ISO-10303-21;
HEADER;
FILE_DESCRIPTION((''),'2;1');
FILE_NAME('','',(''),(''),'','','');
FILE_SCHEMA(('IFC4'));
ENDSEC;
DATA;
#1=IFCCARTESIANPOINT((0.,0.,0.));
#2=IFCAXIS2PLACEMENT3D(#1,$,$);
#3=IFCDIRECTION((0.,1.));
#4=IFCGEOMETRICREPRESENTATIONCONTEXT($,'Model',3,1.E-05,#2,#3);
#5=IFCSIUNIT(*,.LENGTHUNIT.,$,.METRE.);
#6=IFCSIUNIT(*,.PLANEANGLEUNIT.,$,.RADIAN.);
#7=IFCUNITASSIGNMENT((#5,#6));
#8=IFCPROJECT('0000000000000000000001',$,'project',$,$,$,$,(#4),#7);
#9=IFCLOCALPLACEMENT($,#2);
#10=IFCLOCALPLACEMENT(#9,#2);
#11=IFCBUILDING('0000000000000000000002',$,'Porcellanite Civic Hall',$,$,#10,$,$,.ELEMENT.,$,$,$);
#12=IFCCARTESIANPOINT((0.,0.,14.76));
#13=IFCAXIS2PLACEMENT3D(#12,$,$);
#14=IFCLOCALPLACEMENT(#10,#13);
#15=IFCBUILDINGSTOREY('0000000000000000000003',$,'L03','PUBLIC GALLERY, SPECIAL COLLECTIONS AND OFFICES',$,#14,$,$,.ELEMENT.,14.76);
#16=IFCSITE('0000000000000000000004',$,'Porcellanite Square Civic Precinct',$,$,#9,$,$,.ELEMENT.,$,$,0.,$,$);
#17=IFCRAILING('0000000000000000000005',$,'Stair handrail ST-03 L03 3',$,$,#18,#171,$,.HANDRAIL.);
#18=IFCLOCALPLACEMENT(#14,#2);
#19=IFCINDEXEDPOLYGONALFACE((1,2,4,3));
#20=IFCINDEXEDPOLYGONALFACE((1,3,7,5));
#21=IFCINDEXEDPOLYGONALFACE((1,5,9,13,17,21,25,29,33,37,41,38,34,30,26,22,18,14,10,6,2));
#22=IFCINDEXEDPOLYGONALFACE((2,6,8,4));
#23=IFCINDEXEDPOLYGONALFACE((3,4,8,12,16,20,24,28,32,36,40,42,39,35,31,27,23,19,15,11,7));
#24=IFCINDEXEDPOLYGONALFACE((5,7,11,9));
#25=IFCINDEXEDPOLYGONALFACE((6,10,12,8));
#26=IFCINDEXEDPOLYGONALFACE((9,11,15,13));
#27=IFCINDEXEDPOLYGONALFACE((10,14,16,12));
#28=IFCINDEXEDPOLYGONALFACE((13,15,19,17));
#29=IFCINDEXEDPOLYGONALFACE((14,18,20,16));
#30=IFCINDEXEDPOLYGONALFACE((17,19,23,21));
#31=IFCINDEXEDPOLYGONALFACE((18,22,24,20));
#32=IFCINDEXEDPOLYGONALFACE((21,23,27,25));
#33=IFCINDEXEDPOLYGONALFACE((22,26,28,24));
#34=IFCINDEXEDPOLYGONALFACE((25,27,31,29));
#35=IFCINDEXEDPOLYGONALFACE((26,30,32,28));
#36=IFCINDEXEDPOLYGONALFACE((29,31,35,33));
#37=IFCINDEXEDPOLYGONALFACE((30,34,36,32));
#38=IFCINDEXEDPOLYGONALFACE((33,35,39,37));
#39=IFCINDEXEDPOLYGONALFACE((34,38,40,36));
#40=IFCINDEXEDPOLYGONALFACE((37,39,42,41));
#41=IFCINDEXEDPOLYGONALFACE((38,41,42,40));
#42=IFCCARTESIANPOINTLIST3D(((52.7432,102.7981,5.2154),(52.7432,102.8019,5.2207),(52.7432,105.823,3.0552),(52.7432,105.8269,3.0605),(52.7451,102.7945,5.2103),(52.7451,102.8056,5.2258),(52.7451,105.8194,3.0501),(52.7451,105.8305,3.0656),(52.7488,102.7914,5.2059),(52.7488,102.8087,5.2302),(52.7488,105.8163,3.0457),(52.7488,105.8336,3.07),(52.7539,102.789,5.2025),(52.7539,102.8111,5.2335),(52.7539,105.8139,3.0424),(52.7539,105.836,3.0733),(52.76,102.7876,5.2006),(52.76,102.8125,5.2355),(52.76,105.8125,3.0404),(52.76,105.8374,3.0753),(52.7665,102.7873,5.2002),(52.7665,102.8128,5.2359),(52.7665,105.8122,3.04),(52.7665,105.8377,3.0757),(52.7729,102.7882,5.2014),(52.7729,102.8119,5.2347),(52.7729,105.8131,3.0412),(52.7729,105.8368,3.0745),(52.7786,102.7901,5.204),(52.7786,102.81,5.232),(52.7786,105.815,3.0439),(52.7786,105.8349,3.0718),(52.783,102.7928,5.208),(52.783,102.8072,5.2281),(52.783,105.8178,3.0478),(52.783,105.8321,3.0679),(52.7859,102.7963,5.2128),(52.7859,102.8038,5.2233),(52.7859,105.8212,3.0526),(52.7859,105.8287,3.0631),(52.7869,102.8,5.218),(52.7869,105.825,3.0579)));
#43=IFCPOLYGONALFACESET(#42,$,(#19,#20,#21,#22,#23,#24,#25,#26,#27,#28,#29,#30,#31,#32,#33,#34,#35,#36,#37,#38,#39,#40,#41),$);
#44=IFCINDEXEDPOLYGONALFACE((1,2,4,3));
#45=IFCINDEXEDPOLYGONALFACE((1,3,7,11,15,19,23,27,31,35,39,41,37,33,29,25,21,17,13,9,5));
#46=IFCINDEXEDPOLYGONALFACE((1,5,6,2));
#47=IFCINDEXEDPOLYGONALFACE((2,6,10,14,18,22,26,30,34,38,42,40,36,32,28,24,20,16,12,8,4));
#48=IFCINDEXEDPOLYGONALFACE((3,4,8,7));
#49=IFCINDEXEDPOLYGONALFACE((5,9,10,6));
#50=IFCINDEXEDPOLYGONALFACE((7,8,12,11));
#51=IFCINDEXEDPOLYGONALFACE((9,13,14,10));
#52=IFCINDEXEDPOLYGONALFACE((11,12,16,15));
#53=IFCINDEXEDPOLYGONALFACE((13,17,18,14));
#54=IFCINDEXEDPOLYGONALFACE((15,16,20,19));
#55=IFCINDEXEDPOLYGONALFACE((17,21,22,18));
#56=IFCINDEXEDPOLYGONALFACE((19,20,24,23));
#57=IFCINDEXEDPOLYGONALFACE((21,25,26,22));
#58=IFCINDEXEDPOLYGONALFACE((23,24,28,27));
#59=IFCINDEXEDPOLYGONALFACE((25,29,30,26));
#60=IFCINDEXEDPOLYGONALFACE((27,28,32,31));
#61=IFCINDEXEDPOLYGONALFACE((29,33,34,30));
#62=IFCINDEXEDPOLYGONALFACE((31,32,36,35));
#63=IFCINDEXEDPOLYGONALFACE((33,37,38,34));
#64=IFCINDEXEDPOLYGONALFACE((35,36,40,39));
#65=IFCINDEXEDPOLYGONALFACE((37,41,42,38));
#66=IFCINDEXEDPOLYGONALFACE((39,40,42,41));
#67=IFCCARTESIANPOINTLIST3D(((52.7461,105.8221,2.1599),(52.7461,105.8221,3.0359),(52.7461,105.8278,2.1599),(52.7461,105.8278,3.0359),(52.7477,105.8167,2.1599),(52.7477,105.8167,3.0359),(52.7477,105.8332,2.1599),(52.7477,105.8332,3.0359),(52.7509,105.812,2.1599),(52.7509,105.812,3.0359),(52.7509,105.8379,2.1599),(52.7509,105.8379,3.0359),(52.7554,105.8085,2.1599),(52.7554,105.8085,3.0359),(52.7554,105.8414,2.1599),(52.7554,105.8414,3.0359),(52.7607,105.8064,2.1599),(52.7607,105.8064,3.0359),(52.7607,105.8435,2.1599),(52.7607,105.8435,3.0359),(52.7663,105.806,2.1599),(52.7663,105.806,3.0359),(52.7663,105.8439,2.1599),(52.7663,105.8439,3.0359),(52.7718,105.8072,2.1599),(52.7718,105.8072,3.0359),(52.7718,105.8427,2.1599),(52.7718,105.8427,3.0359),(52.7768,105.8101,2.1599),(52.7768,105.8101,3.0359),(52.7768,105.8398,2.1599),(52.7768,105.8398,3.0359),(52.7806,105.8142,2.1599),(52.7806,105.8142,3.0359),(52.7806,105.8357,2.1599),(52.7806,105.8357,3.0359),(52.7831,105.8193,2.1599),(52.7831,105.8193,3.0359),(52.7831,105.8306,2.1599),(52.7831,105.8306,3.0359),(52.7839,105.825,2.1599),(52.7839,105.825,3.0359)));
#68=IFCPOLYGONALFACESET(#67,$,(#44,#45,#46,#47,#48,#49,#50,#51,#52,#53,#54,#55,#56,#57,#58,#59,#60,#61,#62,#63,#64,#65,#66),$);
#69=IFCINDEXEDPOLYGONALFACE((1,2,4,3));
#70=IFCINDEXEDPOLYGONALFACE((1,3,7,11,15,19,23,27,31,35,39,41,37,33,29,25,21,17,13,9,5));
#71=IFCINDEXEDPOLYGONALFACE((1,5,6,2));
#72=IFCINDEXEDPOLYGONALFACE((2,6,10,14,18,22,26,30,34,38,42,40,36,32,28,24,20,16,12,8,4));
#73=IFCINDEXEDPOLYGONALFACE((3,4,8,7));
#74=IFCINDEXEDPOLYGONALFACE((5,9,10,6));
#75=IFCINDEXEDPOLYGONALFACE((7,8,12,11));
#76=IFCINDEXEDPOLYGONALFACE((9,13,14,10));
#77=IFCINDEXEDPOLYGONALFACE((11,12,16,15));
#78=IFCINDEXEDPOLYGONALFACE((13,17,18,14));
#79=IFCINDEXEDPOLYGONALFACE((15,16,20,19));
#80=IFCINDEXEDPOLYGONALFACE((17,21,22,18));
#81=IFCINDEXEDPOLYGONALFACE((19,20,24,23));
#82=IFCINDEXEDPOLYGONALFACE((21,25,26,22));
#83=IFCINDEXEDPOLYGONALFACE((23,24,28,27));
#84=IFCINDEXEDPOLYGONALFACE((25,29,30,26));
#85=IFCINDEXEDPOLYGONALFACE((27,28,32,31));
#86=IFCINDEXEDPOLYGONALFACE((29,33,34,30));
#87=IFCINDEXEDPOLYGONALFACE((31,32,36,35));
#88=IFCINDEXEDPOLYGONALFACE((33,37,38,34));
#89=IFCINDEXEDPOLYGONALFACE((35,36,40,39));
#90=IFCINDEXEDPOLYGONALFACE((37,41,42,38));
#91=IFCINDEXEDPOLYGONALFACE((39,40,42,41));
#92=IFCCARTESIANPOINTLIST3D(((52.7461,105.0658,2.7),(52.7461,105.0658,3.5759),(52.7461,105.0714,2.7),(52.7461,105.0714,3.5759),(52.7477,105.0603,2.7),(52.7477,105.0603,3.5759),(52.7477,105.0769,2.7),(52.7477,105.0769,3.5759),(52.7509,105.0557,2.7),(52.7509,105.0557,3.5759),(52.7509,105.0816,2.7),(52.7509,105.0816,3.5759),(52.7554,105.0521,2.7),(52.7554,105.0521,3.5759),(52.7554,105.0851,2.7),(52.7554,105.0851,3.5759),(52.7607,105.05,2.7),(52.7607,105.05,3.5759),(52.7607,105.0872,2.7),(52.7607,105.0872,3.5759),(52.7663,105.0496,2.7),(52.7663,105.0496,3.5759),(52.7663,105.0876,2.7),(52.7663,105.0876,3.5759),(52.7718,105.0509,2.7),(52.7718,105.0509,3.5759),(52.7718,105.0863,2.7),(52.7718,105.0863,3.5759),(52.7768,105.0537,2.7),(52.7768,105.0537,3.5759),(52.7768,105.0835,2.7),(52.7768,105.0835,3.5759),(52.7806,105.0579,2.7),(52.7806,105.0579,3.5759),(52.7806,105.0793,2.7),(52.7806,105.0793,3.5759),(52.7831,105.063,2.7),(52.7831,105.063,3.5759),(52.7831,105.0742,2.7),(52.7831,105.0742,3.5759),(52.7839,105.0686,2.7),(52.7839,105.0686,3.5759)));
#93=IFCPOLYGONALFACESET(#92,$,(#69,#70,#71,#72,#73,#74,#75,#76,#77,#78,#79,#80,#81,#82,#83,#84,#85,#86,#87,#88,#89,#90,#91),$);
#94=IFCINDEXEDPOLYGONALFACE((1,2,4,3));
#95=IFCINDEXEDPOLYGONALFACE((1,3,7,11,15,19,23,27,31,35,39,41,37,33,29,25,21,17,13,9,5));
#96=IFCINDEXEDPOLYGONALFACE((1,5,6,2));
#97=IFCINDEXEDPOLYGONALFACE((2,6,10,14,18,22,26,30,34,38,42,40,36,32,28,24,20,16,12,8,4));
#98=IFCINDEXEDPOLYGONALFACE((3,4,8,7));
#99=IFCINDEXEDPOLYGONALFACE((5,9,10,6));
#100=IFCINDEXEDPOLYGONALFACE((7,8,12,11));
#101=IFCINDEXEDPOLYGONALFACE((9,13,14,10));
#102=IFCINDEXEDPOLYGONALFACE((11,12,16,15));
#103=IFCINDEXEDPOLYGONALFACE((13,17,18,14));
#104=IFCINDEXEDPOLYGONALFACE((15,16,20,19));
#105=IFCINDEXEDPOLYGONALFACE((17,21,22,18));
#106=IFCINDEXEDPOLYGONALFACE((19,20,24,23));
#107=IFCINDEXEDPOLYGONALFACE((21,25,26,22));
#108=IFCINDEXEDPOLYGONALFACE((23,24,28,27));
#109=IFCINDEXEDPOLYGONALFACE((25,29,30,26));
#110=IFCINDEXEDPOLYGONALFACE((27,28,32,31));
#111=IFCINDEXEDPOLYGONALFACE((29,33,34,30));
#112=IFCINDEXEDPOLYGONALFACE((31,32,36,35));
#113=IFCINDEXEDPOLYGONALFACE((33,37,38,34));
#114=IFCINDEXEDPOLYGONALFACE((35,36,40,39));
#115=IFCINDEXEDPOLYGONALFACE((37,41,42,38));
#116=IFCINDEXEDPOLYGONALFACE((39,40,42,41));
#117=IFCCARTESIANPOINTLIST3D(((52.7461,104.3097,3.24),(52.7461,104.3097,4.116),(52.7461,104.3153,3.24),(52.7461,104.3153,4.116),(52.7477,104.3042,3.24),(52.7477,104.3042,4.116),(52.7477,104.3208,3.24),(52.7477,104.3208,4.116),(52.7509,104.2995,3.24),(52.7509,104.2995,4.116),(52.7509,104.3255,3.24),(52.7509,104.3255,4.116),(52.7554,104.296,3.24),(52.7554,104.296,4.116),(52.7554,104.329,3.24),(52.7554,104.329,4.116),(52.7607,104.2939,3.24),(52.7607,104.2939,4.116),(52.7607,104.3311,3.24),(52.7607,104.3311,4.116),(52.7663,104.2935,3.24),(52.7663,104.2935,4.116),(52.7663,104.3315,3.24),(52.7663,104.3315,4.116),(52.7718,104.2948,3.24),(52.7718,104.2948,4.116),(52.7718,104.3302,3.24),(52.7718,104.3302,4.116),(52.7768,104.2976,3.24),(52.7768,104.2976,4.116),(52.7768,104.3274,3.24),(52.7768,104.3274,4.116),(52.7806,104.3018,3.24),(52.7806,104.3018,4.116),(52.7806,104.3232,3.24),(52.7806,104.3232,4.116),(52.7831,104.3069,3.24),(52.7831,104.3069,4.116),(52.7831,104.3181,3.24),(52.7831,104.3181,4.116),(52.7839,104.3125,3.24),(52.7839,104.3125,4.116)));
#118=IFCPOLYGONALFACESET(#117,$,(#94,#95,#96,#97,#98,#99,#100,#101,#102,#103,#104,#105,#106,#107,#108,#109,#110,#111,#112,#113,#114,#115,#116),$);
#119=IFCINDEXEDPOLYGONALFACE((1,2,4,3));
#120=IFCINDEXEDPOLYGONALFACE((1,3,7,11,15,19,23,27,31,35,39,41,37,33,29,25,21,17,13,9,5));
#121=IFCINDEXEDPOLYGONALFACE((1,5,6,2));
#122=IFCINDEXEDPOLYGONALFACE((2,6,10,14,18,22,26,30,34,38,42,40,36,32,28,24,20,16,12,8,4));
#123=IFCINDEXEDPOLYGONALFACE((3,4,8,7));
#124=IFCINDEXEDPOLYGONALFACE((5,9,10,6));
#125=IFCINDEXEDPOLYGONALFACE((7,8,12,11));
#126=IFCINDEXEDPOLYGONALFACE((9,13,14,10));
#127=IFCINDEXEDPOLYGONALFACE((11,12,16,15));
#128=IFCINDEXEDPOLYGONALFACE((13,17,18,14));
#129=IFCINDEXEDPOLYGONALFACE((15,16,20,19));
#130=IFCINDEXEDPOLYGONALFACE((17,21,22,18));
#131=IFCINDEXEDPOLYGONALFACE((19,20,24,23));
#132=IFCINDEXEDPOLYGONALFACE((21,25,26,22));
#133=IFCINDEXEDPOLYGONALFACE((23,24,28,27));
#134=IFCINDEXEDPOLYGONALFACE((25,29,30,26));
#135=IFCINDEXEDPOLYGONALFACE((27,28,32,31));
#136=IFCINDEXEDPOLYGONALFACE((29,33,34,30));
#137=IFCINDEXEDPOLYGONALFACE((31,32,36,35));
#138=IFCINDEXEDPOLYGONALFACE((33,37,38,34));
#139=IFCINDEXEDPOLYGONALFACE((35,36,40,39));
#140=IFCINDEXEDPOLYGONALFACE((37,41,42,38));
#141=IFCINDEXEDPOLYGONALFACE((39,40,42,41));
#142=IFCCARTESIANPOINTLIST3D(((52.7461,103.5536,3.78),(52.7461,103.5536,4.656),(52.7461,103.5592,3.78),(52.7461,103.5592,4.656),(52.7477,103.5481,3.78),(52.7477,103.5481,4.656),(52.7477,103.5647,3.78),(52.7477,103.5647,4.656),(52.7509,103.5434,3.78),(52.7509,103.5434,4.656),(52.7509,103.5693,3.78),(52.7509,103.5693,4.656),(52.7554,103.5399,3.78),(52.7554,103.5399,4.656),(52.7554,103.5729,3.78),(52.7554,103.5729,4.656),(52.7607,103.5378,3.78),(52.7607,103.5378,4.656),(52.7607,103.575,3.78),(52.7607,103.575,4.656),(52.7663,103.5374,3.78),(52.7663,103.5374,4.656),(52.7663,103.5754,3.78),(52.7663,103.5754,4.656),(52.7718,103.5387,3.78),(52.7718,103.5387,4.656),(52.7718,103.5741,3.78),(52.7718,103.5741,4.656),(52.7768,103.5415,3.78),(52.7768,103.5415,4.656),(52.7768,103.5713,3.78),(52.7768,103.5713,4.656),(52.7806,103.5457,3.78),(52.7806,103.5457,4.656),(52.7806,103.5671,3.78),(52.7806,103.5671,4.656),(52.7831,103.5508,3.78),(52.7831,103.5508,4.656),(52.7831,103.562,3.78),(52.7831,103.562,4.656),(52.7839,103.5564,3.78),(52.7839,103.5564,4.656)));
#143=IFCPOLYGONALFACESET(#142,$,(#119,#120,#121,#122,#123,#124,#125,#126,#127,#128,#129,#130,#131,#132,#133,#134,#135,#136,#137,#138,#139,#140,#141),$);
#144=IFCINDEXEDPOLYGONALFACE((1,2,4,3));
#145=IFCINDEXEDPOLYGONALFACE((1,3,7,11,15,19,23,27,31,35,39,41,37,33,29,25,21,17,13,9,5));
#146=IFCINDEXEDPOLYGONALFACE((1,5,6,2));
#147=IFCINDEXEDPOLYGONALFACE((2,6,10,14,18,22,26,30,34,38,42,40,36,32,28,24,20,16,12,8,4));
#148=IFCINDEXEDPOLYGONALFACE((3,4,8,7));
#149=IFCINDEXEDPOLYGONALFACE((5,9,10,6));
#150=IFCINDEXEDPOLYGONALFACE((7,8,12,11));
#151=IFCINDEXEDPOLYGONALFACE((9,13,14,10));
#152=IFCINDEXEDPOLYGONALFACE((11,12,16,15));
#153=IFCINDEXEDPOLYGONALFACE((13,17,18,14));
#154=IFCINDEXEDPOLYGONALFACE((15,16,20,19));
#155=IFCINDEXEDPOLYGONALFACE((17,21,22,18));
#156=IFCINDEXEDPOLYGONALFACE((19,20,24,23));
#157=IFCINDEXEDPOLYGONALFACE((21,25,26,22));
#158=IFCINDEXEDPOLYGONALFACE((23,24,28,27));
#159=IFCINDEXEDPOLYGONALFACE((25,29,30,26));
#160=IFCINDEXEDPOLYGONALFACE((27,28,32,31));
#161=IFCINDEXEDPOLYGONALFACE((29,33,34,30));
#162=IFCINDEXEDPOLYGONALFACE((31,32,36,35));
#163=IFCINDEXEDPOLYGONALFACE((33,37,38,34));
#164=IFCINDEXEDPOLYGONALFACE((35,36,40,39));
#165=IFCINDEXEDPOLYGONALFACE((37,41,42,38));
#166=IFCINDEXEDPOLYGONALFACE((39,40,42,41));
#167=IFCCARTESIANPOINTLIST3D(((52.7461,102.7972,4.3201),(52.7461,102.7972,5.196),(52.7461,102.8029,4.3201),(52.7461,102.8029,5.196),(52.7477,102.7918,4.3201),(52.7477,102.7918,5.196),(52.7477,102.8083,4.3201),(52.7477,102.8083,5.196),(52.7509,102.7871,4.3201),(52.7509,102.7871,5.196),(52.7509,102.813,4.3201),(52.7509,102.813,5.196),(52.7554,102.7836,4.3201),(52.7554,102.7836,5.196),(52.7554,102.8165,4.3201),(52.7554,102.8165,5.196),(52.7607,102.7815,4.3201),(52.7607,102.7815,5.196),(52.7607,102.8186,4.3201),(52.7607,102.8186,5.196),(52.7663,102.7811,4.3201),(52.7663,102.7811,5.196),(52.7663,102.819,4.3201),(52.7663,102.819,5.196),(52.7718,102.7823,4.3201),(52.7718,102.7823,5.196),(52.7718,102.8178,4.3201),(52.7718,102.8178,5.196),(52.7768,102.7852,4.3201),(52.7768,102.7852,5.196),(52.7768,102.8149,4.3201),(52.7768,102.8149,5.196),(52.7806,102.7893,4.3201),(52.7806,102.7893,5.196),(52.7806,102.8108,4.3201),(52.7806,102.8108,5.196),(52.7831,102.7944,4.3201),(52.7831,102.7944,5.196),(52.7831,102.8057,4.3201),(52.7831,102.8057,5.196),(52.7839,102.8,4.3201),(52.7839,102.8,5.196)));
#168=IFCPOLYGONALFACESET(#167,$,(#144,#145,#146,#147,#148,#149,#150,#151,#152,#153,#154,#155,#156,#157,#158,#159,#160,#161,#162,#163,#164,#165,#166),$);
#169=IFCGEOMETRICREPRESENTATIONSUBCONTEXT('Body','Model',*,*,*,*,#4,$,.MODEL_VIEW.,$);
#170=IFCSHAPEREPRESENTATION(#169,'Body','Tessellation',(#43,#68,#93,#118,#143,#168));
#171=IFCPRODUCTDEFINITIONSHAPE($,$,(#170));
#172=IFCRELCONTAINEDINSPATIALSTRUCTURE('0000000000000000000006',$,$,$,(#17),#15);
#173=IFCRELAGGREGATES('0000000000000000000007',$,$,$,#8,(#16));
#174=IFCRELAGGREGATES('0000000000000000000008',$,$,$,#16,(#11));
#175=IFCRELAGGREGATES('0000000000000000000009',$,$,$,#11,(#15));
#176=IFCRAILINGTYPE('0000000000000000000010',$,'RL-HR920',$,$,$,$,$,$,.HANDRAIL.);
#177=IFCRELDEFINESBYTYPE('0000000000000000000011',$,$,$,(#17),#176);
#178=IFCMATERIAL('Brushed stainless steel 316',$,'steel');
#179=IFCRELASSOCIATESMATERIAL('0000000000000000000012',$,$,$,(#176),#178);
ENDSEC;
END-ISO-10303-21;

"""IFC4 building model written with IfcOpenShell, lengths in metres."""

from ifc_helpers import new_model, si_unit, direction, frame, origin, origin_2d, place, context, subcontext, project, spatial, circle, extrude, material, type_object, element, save


model = new_model("IFC4")

# Units and contexts
model_context = context("Model", 3, precision=1e-05, world=origin(), true_north=direction((0.0, 1.0)))
body_context = subcontext(model_context, "Body", "Model", "MODEL_VIEW")
ifc_project = project(units=[si_unit("LENGTHUNIT", "METRE"), si_unit("PLANEANGLEUNIT", "RADIAN")], contexts=[model_context])

# Site, building, storey
site_placement = place(None, origin())
site = spatial("IfcSite", under=ifc_project, at=site_placement, Name="Porcellanite Square Civic Precinct", CompositionType="ELEMENT", RefElevation=0.0)
building_placement = place(site_placement, origin())
building = spatial("IfcBuilding", under=site, at=building_placement, Name="Porcellanite Civic Hall", CompositionType="ELEMENT")
storey_placement = place(building_placement, frame((0.0, 0.0, 14.76)))
storey = spatial("IfcBuildingStorey", under=building, at=storey_placement, Name="L03", Description="PUBLIC GALLERY, SPECIAL COLLECTIONS AND OFFICES", CompositionType="ELEMENT", Elevation=14.76)

# Railing
ifc_material_1 = material(Name="Brushed stainless steel 316", Category="steel")
railing_type_1 = type_object("IfcRailingType", Name="RL-HR920", PredefinedType="HANDRAIL", material=ifc_material_1)
railing_1_placement = place(storey_placement, frame((52.7649, 105.825, 2.1599)))
element("IfcRailing", 1, at=railing_1_placement, inside=storey, type_object=railing_type_1, Name="Stair handrail ST-03 L03 3", PredefinedType="HANDRAIL", context=body_context, shape_type="SweptSolid", body=[
    extrude(circle(Radius=0.022, at=origin_2d()), frame((0.0, 0.0, 0.8979), z_axis=(0.0, -0.813796, 0.581151), x_axis=(1.0, 0.0, 0.0)), (0.0, 0.0, 1.0), 3.717),
    extrude(circle(Radius=0.019, at=origin_2d()), origin(), (0.0, 0.0, 1.0), 0.876),
    extrude(circle(Radius=0.019, at=origin_2d()), frame((0.0, -0.7563, 0.54)), (0.0, 0.0, 1.0), 0.876),
    extrude(circle(Radius=0.019, at=origin_2d()), frame((0.0, -1.5125, 1.0801)), (0.0, 0.0, 1.0), 0.876),
    extrude(circle(Radius=0.019, at=origin_2d()), frame((0.0, -2.2686, 1.6201)), (0.0, 0.0, 1.0), 0.876),
    extrude(circle(Radius=0.019, at=origin_2d()), frame((0.0, -3.0249, 2.1602)), (0.0, 0.0, 1.0), 0.876),
])

save(model, "model.ifc")
